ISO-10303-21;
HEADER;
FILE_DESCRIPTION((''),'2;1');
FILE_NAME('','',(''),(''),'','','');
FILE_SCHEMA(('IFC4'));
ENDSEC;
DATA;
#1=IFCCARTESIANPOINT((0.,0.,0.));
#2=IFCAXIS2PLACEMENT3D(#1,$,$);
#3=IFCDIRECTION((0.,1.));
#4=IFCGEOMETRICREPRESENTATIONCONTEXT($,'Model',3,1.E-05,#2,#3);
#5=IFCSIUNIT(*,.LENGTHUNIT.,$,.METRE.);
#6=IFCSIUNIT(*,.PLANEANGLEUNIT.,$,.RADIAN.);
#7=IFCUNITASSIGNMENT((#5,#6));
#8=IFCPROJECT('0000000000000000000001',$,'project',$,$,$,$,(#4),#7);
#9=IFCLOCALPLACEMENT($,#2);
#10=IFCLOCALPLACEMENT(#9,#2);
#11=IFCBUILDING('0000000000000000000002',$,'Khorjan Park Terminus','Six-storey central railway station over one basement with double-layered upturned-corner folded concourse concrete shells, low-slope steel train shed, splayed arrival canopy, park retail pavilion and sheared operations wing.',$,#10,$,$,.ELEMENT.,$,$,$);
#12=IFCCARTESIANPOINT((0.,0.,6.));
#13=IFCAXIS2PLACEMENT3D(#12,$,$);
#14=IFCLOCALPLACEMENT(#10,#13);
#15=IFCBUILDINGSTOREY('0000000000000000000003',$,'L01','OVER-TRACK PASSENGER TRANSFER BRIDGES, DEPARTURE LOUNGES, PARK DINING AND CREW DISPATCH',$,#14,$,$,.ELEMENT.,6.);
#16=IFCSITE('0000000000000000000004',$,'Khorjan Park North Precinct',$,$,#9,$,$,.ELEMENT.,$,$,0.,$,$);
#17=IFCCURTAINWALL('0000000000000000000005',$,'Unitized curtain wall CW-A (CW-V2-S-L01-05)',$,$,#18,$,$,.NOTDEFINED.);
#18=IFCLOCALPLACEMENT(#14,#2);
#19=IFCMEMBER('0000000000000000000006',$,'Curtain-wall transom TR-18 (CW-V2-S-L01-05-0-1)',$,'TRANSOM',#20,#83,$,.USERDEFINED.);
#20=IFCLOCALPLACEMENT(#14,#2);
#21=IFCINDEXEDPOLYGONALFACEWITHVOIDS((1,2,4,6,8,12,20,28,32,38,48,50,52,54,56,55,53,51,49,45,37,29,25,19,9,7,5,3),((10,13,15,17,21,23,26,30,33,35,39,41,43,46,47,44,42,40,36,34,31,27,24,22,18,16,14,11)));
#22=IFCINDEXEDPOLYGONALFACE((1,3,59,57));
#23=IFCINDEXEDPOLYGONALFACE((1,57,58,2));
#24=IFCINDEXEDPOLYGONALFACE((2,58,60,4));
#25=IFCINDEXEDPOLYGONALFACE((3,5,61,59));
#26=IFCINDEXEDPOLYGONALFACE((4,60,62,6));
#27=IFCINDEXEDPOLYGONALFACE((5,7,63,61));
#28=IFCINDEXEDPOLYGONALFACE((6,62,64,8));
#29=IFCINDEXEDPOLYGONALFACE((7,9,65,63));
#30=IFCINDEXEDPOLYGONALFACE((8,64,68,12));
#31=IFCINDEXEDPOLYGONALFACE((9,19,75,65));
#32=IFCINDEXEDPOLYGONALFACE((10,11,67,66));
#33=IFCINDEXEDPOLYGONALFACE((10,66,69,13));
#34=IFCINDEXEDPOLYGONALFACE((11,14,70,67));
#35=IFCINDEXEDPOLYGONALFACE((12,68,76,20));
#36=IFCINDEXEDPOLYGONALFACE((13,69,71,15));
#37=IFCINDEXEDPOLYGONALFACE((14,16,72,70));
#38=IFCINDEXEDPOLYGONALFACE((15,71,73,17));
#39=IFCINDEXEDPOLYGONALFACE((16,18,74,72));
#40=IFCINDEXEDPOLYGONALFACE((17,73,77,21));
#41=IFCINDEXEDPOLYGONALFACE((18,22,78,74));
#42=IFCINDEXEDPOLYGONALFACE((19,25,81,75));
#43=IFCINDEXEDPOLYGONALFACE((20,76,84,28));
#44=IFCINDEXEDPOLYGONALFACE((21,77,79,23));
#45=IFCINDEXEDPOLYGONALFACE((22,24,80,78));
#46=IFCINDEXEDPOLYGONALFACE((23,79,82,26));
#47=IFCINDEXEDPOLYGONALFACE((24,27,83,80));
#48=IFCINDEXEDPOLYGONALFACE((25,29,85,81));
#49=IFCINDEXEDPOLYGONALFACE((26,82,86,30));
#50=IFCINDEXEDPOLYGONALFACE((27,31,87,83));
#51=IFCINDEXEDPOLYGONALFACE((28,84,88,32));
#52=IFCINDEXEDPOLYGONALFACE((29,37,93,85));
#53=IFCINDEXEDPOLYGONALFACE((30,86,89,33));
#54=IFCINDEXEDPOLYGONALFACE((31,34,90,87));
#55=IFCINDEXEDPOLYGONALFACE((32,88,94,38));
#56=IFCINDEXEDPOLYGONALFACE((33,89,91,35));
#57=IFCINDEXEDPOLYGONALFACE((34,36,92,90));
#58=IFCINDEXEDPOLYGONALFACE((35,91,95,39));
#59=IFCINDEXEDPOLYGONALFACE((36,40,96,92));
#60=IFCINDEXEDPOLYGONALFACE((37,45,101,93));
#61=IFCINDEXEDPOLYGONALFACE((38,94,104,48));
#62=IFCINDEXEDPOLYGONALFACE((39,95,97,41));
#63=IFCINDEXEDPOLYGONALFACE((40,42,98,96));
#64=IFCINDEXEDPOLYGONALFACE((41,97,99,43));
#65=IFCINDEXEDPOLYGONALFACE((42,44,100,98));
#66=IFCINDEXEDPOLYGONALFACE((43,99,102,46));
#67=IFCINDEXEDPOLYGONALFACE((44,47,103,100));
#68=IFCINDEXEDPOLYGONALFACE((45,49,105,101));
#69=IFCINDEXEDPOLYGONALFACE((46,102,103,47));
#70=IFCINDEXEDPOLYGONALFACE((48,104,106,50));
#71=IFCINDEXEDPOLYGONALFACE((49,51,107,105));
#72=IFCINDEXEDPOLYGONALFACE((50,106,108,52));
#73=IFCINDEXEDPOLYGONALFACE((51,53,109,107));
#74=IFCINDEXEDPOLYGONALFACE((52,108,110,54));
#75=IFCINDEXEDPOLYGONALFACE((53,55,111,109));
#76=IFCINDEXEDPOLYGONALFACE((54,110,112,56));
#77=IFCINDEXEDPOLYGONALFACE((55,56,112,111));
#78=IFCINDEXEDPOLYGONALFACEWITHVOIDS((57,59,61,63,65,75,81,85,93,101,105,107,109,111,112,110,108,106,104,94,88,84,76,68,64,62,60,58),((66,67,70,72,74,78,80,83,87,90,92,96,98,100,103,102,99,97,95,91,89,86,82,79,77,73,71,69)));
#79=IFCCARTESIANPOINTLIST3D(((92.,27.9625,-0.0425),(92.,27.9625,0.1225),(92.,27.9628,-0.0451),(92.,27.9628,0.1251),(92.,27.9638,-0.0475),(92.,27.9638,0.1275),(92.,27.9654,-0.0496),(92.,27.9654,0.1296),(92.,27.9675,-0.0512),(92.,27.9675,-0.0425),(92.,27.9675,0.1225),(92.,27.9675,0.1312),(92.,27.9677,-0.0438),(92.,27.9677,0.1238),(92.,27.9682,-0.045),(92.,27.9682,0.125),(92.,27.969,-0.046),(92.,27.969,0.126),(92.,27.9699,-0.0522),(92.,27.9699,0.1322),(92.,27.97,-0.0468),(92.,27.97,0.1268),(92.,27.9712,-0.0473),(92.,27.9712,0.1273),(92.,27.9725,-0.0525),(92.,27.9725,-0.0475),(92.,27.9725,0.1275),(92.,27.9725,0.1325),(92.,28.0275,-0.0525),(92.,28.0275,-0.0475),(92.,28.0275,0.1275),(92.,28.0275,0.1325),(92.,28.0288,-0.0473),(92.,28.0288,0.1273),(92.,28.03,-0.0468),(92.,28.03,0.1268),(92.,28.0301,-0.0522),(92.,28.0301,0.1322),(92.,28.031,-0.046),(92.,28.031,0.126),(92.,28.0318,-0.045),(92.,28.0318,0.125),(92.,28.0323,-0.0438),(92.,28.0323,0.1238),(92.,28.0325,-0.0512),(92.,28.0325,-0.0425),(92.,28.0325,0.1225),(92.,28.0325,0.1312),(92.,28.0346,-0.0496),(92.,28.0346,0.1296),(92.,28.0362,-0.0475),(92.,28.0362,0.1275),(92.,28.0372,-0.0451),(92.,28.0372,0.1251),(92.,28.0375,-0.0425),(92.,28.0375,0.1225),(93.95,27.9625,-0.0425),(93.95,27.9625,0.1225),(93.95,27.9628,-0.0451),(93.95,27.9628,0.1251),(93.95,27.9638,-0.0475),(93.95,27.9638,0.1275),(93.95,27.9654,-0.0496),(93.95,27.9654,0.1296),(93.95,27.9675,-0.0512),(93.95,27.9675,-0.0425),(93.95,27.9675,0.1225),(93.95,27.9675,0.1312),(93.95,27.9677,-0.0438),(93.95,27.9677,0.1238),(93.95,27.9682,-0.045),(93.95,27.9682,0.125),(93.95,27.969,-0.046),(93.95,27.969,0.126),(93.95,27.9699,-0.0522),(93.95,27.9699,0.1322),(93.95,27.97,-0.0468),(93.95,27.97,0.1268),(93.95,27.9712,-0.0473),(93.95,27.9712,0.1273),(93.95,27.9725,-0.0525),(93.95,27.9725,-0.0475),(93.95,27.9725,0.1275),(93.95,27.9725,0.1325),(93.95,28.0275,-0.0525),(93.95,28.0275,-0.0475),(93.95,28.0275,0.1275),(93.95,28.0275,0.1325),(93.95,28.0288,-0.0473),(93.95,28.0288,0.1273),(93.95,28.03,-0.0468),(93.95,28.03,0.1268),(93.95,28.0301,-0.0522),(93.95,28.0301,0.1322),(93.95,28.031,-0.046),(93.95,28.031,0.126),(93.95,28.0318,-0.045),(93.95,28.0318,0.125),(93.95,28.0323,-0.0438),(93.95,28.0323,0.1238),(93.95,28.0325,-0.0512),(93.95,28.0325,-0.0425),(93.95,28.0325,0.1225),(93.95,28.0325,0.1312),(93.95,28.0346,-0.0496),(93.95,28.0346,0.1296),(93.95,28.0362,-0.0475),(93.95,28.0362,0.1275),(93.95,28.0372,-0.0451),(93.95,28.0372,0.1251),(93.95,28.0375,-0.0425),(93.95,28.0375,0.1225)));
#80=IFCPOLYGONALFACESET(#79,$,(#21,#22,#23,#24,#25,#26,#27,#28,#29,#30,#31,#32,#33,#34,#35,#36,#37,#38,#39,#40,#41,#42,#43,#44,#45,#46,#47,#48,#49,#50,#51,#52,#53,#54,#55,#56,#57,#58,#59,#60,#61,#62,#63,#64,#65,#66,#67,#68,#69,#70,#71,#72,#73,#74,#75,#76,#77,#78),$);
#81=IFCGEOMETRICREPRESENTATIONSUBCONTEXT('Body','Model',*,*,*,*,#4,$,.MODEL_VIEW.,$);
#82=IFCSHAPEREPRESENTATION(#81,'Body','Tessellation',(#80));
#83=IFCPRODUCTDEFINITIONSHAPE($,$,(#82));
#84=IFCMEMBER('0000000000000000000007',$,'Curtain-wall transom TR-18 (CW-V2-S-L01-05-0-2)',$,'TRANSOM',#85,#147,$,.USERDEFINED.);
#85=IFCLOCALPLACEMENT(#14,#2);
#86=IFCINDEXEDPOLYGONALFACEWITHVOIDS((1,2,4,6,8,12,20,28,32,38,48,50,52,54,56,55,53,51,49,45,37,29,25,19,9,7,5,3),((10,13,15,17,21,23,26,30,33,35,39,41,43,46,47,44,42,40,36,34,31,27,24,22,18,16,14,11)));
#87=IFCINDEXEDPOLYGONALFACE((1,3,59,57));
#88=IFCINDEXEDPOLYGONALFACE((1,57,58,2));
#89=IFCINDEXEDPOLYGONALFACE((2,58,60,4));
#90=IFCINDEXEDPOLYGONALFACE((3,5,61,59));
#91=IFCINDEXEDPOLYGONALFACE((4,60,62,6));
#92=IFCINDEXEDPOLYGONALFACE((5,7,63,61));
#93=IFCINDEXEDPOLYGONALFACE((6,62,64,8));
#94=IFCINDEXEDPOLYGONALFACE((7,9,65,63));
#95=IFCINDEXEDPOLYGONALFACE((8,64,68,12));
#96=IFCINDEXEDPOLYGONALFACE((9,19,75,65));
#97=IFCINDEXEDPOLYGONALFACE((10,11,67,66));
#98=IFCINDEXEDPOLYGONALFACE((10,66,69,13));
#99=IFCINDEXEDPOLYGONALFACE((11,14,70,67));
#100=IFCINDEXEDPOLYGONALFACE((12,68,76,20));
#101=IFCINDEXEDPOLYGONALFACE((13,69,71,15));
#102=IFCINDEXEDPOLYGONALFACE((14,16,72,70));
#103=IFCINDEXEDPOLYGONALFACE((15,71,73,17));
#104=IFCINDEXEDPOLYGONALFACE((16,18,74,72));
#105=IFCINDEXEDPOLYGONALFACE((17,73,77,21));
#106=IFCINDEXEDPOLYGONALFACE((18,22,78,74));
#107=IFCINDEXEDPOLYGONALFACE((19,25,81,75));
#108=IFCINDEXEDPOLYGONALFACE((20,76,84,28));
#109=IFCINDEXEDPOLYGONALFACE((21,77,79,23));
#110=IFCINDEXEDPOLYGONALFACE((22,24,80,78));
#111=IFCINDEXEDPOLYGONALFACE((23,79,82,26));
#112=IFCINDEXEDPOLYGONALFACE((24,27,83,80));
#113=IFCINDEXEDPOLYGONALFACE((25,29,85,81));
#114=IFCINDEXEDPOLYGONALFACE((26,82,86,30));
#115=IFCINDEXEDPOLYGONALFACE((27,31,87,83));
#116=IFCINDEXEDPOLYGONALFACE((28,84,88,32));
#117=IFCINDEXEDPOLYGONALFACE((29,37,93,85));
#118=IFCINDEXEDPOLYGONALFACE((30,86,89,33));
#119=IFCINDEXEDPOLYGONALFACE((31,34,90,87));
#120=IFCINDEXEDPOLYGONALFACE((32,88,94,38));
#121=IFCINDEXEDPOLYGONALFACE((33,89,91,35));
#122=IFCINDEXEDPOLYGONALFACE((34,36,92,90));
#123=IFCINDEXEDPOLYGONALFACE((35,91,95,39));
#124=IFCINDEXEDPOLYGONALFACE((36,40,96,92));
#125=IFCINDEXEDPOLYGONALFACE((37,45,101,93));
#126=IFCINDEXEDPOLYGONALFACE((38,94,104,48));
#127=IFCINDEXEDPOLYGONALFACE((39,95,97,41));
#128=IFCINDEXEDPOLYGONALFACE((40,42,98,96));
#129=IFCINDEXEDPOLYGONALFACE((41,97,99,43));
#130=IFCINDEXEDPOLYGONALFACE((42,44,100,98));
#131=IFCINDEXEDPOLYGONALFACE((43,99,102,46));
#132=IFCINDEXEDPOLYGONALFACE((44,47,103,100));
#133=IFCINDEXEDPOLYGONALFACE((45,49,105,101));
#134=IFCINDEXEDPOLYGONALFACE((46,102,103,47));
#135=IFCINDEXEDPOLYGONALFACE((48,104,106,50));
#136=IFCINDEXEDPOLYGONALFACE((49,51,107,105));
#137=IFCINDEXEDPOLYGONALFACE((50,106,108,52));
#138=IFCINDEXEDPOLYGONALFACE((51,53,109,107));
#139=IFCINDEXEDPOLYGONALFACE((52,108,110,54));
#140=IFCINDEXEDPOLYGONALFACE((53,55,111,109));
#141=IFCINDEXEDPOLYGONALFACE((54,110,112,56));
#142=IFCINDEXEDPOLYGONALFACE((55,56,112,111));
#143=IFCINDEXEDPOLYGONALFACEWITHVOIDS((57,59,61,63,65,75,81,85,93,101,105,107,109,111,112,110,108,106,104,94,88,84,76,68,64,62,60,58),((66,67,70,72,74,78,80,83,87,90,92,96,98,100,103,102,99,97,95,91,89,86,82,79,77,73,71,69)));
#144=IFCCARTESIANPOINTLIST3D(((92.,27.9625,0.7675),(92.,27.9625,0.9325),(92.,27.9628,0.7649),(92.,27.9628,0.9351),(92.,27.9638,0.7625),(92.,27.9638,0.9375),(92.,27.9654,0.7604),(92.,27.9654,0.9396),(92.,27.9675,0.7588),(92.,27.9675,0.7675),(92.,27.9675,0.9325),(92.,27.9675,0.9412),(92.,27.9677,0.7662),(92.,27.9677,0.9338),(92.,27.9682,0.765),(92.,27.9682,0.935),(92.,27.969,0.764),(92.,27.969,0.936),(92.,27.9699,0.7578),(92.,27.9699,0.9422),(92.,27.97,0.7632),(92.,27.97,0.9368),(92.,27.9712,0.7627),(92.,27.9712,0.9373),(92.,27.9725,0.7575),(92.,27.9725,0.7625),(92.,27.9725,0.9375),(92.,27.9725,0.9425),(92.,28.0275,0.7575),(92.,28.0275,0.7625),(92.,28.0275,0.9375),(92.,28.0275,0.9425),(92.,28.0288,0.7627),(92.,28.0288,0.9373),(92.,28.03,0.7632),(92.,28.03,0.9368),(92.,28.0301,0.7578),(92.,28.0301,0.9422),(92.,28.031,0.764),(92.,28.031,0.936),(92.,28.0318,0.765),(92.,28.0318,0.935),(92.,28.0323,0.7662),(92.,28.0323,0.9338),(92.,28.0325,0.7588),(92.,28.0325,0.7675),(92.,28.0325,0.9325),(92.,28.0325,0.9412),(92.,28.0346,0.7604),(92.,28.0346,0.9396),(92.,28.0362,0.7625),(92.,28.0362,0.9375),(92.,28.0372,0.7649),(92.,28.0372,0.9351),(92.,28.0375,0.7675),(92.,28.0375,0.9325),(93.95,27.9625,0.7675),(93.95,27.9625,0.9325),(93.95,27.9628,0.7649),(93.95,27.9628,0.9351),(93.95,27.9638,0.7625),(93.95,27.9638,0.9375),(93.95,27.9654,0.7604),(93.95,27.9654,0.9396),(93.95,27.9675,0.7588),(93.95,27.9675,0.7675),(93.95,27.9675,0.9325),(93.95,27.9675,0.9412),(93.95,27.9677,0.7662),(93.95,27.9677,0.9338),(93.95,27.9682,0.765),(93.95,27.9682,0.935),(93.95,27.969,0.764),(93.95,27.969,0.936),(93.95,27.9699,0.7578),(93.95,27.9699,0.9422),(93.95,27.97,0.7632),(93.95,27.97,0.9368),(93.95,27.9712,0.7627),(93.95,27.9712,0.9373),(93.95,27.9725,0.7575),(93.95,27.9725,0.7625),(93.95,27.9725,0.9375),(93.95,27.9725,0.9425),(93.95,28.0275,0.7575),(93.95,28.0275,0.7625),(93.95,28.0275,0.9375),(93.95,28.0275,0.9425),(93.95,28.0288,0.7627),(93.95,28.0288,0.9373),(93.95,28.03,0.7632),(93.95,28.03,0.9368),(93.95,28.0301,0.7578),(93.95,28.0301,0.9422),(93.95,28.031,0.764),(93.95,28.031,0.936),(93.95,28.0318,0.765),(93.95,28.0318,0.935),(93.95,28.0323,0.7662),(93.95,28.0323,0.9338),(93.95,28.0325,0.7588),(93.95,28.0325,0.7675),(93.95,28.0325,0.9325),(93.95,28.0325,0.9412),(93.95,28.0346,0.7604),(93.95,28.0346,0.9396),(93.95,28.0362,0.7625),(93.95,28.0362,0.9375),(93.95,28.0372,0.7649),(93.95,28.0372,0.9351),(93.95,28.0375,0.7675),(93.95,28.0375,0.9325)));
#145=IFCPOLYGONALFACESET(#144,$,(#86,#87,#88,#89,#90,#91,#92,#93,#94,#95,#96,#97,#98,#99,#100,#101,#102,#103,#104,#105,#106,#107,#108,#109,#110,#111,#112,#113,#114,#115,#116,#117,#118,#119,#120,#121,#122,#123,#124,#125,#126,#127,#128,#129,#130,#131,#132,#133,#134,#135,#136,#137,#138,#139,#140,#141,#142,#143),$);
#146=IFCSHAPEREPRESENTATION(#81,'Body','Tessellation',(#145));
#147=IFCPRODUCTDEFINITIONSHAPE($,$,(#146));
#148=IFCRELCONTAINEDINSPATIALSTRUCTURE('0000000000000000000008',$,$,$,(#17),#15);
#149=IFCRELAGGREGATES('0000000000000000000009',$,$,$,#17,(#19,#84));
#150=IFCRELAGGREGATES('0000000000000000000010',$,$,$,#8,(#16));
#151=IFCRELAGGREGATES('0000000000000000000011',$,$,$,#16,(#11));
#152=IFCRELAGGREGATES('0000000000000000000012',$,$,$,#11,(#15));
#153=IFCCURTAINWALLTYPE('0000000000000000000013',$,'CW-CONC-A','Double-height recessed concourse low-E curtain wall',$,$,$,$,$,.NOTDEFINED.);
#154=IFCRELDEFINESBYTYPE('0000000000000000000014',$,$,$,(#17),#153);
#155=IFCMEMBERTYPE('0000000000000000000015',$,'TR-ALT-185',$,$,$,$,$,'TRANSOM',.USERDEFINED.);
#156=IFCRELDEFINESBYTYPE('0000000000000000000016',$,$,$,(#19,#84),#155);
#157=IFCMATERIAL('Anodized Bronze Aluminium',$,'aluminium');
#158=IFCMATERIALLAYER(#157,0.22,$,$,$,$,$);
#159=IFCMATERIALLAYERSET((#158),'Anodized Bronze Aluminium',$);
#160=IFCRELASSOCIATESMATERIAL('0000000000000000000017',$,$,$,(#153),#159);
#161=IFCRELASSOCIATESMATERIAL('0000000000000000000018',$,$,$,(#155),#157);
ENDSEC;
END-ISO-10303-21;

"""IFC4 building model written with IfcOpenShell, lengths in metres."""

from ifc_helpers import new_model, si_unit, direction, frame, origin, origin_2d, place, context, subcontext, project, spatial, hollow_rectangle, extrude, material, layer, layer_set, material_profile, profile_set, type_object, element, aggregate, save


model = new_model("IFC4")

# Units and contexts
model_context = context("Model", 3, precision=1e-05, world=origin(), true_north=direction((0.0, 1.0)))
body_context = subcontext(model_context, "Body", "Model", "MODEL_VIEW")
ifc_project = project(units=[si_unit("LENGTHUNIT", "METRE"), si_unit("PLANEANGLEUNIT", "RADIAN")], contexts=[model_context])

# Site, building, storey
site_placement = place(None, origin())
site = spatial("IfcSite", under=ifc_project, at=site_placement, Name="Khorjan Park North Precinct", CompositionType="ELEMENT", RefElevation=0.0)
building_placement = place(site_placement, origin())
building = spatial("IfcBuilding", under=site, at=building_placement, Name="Khorjan Park Terminus", Description="Six-storey central railway station over one basement with double-layered upturned-corner folded concourse concrete shells, low-slope steel train shed, splayed arrival canopy, park retail pavilion and sheared operations wing.", CompositionType="ELEMENT")
storey_placement = place(building_placement, frame((0.0, 0.0, 6.0)))
storey = spatial("IfcBuildingStorey", under=building, at=storey_placement, Name="L01", Description="OVER-TRACK PASSENGER TRANSFER BRIDGES, DEPARTURE LOUNGES, PARK DINING AND CREW DISPATCH", CompositionType="ELEMENT", Elevation=6.0)

# Shared definitions
ifc_material_1 = material(Name="Anodized Bronze Aluminium", Category="aluminium")
ifc_layer_1 = layer(ifc_material_1, 0.22)
ifc_layer_set_1 = layer_set([ifc_layer_1], Name="Anodized Bronze Aluminium")
curtain_wall_type = type_object("IfcCurtainWallType", Name="CW-CONC-A", Description="Double-height recessed concourse low-E curtain wall", PredefinedType="NOTDEFINED", material=ifc_layer_set_1)

# Curtain wall
curtain_wall_1_placement = place(storey_placement, origin())
curtain_wall_1 = element("IfcCurtainWall", 1, at=curtain_wall_1_placement, inside=storey, type_object=curtain_wall_type, Name="Unitized curtain wall CW-A (CW-V2-S-L01-05)", PredefinedType="NOTDEFINED")

# Members
ifc_material_profile_1 = material_profile(ifc_material_1, hollow_rectangle(XDim=0.075, YDim=0.185, WallThickness=0.005, InnerFilletRadius=0.005, OuterFilletRadius=0.01, at=origin_2d()), Name="ALT 75x185x5")
ifc_profile_set_1 = profile_set([ifc_material_profile_1], Name="Anodized Bronze Aluminium")
member_type_1 = type_object("IfcMemberType", Name="TR-ALT-185", ElementType="TRANSOM", PredefinedType="USERDEFINED", material=ifc_profile_set_1)
member_1_placement = place(storey_placement, frame((92.0, 28.0, 0.04), z_axis=(1.0, 0.0, 0.0), x_axis=(0.0, 1.0, 0.0)))
member_1 = element("IfcMember", 2, at=member_1_placement, type_object=member_type_1, Name="Curtain-wall transom TR-18 (CW-V2-S-L01-05-0-1)", ObjectType="TRANSOM", PredefinedType="USERDEFINED", context=body_context, shape_type="SweptSolid", body=[
    extrude(hollow_rectangle(XDim=0.075, YDim=0.185, WallThickness=0.005, InnerFilletRadius=0.005, OuterFilletRadius=0.01, at=origin_2d()), origin(), (0.0, 0.0, 1.0), 1.95),
])
member_2_placement = place(storey_placement, frame((92.0, 28.0, 0.85), z_axis=(1.0, 0.0, 0.0), x_axis=(0.0, 1.0, 0.0)))
member_2 = element("IfcMember", 3, at=member_2_placement, type_object=member_type_1, Name="Curtain-wall transom TR-18 (CW-V2-S-L01-05-0-2)", ObjectType="TRANSOM", PredefinedType="USERDEFINED", context=body_context, shape_type="SweptSolid", body=[
    extrude(hollow_rectangle(XDim=0.075, YDim=0.185, WallThickness=0.005, InnerFilletRadius=0.005, OuterFilletRadius=0.01, at=origin_2d()), origin(), (0.0, 0.0, 1.0), 1.95),
])

aggregate(curtain_wall_1, [member_1, member_2])

save(model, "model.ifc")
